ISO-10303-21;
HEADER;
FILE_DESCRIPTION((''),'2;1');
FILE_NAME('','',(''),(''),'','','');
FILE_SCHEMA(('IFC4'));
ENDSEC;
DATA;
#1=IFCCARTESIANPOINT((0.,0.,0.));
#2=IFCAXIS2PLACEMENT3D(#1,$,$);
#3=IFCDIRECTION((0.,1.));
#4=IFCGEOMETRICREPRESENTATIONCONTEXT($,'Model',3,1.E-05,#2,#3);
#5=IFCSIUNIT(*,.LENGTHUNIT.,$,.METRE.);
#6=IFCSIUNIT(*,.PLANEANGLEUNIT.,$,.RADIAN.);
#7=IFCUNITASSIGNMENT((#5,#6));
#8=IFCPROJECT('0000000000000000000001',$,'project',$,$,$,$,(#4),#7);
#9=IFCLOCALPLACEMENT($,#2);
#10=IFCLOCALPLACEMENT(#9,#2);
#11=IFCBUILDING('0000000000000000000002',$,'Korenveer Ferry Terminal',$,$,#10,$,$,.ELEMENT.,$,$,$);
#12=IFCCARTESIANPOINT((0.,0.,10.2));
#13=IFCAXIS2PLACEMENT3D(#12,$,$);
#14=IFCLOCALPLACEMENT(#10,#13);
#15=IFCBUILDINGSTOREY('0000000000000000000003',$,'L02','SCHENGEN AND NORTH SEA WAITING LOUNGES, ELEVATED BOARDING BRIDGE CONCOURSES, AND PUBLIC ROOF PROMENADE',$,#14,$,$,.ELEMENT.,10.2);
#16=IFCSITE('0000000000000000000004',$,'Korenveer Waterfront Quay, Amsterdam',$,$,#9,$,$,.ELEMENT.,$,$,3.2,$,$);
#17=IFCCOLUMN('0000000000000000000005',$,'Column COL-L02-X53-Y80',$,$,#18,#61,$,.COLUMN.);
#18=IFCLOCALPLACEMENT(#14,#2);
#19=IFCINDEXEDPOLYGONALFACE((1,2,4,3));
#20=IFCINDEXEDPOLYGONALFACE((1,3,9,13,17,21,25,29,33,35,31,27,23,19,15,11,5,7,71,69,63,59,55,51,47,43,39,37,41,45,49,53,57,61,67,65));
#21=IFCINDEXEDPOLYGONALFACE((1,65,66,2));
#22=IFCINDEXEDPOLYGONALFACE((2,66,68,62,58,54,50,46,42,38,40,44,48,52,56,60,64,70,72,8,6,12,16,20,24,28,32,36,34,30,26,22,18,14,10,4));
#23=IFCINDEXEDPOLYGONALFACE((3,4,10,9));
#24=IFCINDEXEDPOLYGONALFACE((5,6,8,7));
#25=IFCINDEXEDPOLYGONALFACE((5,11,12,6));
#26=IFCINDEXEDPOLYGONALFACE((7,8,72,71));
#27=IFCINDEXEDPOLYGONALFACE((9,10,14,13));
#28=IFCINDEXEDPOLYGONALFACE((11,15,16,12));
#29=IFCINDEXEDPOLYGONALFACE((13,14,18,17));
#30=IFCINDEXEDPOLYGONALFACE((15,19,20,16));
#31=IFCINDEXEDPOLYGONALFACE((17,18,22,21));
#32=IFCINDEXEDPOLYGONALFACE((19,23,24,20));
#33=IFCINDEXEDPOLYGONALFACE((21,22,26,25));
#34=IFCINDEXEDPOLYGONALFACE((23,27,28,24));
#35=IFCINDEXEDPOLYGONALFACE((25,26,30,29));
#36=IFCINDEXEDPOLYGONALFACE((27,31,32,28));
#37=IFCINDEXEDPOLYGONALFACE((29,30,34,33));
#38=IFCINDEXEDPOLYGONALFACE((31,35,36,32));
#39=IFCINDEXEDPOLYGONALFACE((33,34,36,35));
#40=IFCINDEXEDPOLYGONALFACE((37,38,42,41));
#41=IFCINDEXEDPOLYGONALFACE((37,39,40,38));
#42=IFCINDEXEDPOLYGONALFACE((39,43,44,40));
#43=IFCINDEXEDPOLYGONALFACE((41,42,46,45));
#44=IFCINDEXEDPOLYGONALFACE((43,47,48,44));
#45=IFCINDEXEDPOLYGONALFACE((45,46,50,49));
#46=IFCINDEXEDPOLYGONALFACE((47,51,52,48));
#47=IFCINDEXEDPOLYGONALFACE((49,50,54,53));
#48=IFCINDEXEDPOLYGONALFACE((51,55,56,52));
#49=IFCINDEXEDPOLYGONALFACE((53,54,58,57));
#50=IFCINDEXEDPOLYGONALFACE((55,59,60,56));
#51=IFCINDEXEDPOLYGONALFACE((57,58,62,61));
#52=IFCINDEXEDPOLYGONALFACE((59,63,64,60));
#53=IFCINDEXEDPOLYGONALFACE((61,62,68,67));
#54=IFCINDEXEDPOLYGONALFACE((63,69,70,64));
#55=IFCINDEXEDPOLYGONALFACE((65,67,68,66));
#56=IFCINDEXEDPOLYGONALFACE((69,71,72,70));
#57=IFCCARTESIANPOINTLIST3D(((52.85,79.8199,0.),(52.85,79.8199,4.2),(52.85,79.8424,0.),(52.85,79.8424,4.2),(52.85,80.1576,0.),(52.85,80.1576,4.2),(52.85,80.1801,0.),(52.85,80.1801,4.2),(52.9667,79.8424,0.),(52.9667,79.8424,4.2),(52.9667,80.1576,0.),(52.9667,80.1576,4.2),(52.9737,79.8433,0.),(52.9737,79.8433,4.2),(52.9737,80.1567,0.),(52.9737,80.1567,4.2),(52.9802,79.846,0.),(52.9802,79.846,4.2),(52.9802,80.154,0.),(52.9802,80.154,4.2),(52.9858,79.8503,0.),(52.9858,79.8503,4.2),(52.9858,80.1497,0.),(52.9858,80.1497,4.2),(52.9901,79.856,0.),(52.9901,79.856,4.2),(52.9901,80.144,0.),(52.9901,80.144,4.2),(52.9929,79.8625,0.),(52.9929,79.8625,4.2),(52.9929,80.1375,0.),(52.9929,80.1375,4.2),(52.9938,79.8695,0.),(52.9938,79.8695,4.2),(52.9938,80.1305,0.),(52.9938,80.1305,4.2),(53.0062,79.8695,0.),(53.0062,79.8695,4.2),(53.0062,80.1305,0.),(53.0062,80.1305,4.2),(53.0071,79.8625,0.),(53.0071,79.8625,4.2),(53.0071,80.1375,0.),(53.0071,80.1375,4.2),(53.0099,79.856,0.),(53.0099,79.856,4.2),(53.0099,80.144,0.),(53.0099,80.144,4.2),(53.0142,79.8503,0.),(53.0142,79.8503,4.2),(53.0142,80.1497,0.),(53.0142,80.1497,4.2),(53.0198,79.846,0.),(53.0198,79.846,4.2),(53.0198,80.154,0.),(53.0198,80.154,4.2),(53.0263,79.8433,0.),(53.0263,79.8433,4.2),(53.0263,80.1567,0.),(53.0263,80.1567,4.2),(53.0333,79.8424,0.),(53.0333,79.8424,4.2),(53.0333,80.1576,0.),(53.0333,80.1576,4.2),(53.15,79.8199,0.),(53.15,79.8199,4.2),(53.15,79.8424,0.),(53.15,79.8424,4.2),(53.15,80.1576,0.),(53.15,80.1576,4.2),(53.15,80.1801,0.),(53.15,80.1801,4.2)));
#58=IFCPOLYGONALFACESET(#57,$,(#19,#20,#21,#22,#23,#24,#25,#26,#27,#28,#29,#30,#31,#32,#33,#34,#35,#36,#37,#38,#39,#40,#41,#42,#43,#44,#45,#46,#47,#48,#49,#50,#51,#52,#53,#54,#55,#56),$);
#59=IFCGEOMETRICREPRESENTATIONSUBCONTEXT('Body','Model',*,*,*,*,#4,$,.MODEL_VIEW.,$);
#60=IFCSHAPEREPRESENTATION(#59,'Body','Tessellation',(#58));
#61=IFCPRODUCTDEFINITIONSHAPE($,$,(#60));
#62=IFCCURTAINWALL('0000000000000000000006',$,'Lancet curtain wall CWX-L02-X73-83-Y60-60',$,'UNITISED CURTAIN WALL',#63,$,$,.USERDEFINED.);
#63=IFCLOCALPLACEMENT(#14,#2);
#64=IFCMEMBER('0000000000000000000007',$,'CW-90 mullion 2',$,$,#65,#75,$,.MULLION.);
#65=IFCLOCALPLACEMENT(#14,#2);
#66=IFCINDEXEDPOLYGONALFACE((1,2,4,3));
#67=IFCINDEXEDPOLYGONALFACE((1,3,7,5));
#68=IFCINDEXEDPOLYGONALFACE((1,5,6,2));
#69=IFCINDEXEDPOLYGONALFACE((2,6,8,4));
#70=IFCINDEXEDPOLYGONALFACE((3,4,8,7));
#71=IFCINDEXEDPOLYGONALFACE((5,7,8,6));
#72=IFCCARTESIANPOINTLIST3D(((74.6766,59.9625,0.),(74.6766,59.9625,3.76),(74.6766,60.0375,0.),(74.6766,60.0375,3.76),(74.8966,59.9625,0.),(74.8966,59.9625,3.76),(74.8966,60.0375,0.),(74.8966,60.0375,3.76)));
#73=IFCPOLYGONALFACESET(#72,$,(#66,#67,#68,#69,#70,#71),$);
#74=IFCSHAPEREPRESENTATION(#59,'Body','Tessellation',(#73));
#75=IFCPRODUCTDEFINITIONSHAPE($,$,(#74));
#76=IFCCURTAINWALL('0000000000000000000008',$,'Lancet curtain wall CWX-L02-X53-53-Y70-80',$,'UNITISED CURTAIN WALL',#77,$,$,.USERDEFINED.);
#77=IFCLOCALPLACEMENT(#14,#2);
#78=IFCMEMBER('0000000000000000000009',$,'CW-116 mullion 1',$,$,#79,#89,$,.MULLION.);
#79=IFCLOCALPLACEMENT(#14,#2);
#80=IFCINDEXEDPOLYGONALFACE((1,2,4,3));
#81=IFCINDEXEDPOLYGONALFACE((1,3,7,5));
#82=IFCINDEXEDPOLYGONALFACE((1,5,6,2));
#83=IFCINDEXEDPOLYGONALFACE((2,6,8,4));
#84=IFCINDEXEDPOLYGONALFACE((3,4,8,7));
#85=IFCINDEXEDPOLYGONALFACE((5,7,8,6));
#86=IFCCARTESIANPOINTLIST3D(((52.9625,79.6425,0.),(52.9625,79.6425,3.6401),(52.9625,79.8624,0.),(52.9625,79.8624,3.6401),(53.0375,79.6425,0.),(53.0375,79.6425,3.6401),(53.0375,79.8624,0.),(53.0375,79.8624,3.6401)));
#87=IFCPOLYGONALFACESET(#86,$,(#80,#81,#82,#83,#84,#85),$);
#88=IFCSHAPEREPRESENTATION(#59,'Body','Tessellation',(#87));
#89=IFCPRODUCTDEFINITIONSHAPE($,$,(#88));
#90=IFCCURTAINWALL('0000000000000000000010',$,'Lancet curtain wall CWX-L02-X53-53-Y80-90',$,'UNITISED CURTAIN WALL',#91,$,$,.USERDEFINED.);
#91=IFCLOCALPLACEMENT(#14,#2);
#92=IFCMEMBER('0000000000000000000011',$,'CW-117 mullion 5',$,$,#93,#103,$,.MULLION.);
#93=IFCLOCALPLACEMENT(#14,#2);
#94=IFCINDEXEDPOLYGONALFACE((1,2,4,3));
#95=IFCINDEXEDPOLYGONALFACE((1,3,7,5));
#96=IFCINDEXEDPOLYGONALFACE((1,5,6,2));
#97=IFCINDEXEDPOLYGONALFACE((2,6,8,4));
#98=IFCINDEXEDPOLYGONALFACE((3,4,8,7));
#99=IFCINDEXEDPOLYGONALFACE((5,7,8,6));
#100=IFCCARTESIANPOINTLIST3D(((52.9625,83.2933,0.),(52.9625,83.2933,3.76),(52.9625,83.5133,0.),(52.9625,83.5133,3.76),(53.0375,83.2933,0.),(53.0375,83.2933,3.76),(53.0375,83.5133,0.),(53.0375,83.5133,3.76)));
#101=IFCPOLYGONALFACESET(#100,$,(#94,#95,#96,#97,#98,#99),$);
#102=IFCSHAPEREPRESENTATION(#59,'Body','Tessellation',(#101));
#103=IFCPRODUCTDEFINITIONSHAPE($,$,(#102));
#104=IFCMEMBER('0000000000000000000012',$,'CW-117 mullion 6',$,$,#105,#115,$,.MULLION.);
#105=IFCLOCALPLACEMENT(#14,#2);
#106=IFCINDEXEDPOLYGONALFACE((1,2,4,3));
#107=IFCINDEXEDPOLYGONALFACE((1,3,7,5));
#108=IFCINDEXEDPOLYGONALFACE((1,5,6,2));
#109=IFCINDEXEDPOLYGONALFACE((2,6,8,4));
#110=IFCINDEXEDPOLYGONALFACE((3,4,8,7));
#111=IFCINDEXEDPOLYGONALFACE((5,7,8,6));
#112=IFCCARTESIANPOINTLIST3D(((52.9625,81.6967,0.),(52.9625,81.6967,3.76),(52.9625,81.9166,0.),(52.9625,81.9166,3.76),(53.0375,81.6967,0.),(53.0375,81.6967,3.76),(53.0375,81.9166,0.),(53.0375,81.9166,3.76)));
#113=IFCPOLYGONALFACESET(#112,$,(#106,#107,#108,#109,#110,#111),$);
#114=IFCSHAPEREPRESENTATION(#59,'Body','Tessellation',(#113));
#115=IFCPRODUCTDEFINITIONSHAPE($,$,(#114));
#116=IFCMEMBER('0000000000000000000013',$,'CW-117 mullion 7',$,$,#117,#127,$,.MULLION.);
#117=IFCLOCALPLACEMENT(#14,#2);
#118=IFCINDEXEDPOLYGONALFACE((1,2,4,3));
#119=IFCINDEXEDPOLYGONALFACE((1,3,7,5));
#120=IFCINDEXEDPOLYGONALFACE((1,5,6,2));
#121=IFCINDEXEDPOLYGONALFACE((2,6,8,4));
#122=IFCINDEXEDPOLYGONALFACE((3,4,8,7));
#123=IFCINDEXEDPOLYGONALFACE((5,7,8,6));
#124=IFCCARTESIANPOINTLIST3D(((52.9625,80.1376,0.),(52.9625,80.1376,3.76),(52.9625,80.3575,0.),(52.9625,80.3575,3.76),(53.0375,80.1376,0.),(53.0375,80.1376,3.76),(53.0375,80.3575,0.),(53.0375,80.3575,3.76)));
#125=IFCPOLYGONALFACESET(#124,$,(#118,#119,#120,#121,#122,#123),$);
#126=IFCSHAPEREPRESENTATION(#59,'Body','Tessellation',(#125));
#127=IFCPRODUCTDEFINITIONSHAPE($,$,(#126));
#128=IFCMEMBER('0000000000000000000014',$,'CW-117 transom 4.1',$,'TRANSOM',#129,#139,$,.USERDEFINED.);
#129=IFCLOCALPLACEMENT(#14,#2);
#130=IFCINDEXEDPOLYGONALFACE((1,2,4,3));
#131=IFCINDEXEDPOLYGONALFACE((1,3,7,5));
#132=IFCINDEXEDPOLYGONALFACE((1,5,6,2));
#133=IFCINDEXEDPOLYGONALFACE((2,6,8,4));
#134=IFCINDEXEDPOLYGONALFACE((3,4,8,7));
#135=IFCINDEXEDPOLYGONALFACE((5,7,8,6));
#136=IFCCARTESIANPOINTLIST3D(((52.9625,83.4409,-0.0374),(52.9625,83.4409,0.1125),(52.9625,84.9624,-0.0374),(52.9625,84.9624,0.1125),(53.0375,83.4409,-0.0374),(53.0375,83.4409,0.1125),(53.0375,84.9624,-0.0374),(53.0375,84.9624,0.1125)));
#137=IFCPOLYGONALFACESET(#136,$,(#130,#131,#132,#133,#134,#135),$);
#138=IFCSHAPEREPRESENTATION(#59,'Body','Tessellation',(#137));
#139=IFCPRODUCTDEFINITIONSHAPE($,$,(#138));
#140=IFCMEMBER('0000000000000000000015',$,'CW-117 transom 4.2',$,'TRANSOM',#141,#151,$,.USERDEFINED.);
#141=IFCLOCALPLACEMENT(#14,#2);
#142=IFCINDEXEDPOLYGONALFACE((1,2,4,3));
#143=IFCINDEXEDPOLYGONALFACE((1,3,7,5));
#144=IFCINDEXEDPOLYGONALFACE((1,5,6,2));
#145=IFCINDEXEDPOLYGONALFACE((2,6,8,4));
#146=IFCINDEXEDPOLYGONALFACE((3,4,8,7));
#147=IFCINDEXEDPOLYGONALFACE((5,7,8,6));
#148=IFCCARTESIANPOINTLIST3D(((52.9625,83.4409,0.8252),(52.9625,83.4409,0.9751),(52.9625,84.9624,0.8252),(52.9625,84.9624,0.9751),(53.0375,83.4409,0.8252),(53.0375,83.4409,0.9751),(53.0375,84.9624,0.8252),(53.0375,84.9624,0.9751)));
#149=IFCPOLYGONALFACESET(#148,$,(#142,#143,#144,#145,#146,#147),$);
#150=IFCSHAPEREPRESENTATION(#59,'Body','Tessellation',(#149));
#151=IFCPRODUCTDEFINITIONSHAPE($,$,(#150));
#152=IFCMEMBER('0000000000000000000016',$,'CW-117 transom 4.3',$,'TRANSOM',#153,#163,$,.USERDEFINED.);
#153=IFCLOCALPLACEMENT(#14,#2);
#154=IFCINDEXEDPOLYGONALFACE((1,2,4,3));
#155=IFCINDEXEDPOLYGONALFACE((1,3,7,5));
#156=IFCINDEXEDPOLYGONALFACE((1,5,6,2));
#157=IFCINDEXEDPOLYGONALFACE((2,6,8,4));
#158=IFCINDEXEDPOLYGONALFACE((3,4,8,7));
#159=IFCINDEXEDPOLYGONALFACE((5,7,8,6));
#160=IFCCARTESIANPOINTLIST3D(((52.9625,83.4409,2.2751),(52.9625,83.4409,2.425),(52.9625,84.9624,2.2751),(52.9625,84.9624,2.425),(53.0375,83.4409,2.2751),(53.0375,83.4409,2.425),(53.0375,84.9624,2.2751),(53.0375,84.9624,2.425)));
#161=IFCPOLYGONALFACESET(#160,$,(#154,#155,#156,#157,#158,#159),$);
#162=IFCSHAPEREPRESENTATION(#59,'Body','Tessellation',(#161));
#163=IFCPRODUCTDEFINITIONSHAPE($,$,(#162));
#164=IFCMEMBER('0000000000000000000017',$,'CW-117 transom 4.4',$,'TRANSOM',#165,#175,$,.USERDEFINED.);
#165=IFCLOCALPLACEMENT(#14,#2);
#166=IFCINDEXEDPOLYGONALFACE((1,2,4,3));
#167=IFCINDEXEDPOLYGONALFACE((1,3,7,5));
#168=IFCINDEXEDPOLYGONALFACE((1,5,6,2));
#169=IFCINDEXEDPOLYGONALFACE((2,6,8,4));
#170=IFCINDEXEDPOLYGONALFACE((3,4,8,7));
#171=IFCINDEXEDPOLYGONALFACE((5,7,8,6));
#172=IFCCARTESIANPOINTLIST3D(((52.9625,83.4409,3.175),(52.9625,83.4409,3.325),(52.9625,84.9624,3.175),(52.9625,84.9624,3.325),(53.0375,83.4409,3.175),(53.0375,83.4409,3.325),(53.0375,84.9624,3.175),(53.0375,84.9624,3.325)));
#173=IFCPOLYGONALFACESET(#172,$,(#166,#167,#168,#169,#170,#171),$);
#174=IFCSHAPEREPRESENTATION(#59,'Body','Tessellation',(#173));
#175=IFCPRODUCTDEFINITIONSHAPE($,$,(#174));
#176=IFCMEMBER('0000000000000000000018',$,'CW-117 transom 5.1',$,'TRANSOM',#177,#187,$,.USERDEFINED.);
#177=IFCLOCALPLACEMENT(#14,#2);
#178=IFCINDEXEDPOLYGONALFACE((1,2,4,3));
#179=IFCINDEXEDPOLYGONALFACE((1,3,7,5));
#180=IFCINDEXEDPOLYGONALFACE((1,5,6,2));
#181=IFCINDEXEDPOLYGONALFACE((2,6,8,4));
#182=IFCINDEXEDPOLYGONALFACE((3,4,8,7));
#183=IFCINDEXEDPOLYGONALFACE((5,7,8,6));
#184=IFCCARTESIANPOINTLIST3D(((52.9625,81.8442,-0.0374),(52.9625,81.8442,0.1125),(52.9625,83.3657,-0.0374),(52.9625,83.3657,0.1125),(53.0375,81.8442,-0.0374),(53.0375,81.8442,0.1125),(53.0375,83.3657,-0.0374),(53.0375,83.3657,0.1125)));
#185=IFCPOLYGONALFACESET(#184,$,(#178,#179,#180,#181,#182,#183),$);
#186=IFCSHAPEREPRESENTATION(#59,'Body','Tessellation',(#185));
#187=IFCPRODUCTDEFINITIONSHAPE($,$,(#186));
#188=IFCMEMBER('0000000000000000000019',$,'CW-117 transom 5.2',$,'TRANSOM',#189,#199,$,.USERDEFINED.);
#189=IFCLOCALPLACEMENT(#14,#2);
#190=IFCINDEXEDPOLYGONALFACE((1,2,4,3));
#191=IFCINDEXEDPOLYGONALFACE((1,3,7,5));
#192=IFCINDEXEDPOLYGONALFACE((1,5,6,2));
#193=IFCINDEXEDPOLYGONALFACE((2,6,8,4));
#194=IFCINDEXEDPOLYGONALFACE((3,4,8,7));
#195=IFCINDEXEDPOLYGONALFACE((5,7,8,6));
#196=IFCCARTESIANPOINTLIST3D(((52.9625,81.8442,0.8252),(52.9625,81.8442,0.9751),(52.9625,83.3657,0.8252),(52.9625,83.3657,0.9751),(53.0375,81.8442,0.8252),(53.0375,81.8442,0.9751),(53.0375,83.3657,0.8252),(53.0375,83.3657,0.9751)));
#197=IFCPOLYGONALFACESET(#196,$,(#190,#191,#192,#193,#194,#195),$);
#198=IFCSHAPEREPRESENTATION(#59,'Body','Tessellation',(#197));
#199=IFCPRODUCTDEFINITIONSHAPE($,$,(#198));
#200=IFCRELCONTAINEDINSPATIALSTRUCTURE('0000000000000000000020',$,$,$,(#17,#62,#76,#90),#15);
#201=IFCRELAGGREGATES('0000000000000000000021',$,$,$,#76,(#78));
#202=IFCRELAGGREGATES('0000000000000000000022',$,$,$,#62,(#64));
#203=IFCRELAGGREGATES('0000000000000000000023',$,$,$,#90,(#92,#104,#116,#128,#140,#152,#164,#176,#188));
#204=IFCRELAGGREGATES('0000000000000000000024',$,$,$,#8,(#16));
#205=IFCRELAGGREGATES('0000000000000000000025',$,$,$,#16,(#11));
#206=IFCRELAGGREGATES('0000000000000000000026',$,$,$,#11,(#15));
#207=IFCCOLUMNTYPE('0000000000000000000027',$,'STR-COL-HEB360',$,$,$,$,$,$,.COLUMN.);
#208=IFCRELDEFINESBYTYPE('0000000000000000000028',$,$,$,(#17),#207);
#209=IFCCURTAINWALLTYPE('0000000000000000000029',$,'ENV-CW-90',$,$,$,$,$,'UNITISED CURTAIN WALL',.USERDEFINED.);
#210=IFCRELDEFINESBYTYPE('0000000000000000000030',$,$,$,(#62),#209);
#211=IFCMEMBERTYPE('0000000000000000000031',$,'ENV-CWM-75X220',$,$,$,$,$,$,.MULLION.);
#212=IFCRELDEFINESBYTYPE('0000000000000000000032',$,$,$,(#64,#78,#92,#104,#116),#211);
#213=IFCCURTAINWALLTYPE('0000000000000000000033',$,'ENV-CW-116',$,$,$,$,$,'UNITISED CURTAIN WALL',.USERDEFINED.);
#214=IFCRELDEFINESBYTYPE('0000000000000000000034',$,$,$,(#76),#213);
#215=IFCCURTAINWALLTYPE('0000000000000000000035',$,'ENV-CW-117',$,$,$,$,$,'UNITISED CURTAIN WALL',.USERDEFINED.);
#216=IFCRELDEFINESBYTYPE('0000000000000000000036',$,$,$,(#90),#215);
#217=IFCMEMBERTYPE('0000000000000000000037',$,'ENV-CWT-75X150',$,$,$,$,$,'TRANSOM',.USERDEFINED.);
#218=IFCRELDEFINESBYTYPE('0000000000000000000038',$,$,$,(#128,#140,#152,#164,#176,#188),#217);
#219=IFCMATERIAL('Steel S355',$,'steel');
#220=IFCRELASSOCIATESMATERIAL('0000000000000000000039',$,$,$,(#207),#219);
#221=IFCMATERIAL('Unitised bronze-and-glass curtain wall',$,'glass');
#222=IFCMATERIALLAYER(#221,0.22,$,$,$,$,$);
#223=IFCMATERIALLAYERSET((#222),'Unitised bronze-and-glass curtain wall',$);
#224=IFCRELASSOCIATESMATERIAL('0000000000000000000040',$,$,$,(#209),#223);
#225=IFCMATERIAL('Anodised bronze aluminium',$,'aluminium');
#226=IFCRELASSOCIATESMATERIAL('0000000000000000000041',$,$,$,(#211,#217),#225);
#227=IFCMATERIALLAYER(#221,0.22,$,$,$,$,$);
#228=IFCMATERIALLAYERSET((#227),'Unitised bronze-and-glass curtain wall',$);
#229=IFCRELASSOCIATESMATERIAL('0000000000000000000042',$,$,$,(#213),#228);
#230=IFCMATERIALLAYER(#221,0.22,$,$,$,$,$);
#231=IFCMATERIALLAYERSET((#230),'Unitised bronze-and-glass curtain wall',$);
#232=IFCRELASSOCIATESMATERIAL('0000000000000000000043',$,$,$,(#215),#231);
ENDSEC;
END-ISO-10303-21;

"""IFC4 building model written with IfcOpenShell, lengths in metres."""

from ifc_helpers import new_model, si_unit, direction, frame, origin, origin_2d, place, context, subcontext, project, spatial, rectangle, i_section, extrude, material, layer, layer_set, material_profile, profile_set, type_object, element, aggregate, save


model = new_model("IFC4")

# Units and contexts
model_context = context("Model", 3, precision=1e-05, world=origin(), true_north=direction((0.0, 1.0)))
body_context = subcontext(model_context, "Body", "Model", "MODEL_VIEW")
ifc_project = project(units=[si_unit("LENGTHUNIT", "METRE"), si_unit("PLANEANGLEUNIT", "RADIAN")], contexts=[model_context])

# Site, building, storey
site_placement = place(None, origin())
site = spatial("IfcSite", under=ifc_project, at=site_placement, Name="Korenveer Waterfront Quay, Amsterdam", CompositionType="ELEMENT", RefElevation=3.2)
building_placement = place(site_placement, origin())
building = spatial("IfcBuilding", under=site, at=building_placement, Name="Korenveer Ferry Terminal", CompositionType="ELEMENT")
storey_placement = place(building_placement, frame((0.0, 0.0, 10.2)))
storey = spatial("IfcBuildingStorey", under=building, at=storey_placement, Name="L02", Description="SCHENGEN AND NORTH SEA WAITING LOUNGES, ELEVATED BOARDING BRIDGE CONCOURSES, AND PUBLIC ROOF PROMENADE", CompositionType="ELEMENT", Elevation=10.2)

# Column
ifc_material_1 = material(Name="Steel S355", Category="steel")
ifc_material_profile_1 = material_profile(ifc_material_1, i_section(OverallWidth=0.3, OverallDepth=0.3601, WebThickness=0.0125, FlangeThickness=0.0225, FilletRadius=0.0271, at=origin_2d()), Name="HEB 360")
ifc_profile_set_1 = profile_set([ifc_material_profile_1], Name="Steel S355")
column_type = type_object("IfcColumnType", Name="STR-COL-HEB360", PredefinedType="COLUMN", material=ifc_profile_set_1)
column_placement = place(storey_placement, frame((53.0, 80.0, 0.0), z_axis=(0.0, 0.0, 1.0), x_axis=(1.0, 0.0, 0.0)))
element("IfcColumn", 1, at=column_placement, inside=storey, type_object=column_type, Name="Column COL-L02-X53-Y80", PredefinedType="COLUMN", context=body_context, shape_type="SweptSolid", body=[
    extrude(i_section(OverallWidth=0.3, OverallDepth=0.3601, WebThickness=0.0125, FlangeThickness=0.0225, FilletRadius=0.0271, at=origin_2d()), origin(), (0.0, 0.0, 1.0), 4.2),
])

# Curtain walls, members
ifc_material_2 = material(Name="Unitised bronze-and-glass curtain wall", Category="glass")
ifc_layer_1 = layer(ifc_material_2, 0.22)
ifc_layer_set_1 = layer_set([ifc_layer_1], Name="Unitised bronze-and-glass curtain wall")
curtain_wall_type_1 = type_object("IfcCurtainWallType", Name="ENV-CW-90", ElementType="UNITISED CURTAIN WALL", PredefinedType="USERDEFINED", material=ifc_layer_set_1)
curtain_wall_1_placement = place(storey_placement, frame((73.1799, 60.0, 0.0)))
curtain_wall_1 = element("IfcCurtainWall", 2, at=curtain_wall_1_placement, inside=storey, type_object=curtain_wall_type_1, Name="Lancet curtain wall CWX-L02-X73-83-Y60-60", ObjectType="UNITISED CURTAIN WALL", PredefinedType="USERDEFINED")
ifc_material_3 = material(Name="Anodised bronze aluminium", Category="aluminium")
ifc_material_profile_2 = material_profile(ifc_material_3, rectangle(XDim=0.075, YDim=0.22, at=origin_2d()), Name="ALU 75x220")
ifc_profile_set_2 = profile_set([ifc_material_profile_2], Name="Anodised bronze aluminium")
member_type_1 = type_object("IfcMemberType", Name="ENV-CWM-75X220", PredefinedType="MULLION", material=ifc_profile_set_2)
member_1_placement = place(storey_placement, frame((74.7866, 60.0, 0.0), z_axis=(0.0, 0.0, 1.0), x_axis=(0.0, 1.0, 0.0)))
member_1 = element("IfcMember", 3, at=member_1_placement, type_object=member_type_1, Name="CW-90 mullion 2", PredefinedType="MULLION", context=body_context, shape_type="SweptSolid", body=[
    extrude(rectangle(XDim=0.075, YDim=0.22, at=origin_2d()), origin(), (0.0, 0.0, 1.0), 3.76),
])
ifc_layer_2 = layer(ifc_material_2, 0.22)
ifc_layer_set_2 = layer_set([ifc_layer_2], Name="Unitised bronze-and-glass curtain wall")
curtain_wall_type_2 = type_object("IfcCurtainWallType", Name="ENV-CW-116", ElementType="UNITISED CURTAIN WALL", PredefinedType="USERDEFINED", material=ifc_layer_set_2)
curtain_wall_2_placement = place(storey_placement, frame((53.0, 79.79, 0.0)))
curtain_wall_2 = element("IfcCurtainWall", 4, at=curtain_wall_2_placement, inside=storey, type_object=curtain_wall_type_2, Name="Lancet curtain wall CWX-L02-X53-53-Y70-80", ObjectType="UNITISED CURTAIN WALL", PredefinedType="USERDEFINED")
member_2_placement = place(storey_placement, frame((53.0, 79.7524, 0.0), z_axis=(0.0, 0.0, 1.0), x_axis=(1.0, 0.0, 0.0)))
member_2 = element("IfcMember", 5, at=member_2_placement, type_object=member_type_1, Name="CW-116 mullion 1", PredefinedType="MULLION", context=body_context, shape_type="SweptSolid", body=[
    extrude(rectangle(XDim=0.075, YDim=0.22, at=origin_2d()), origin(), (0.0, 0.0, 1.0), 3.6401),
])
aggregate(curtain_wall_2, [member_2])

# Curtain wall, members
ifc_layer_3 = layer(ifc_material_2, 0.22)
ifc_layer_set_3 = layer_set([ifc_layer_3], Name="Unitised bronze-and-glass curtain wall")
curtain_wall_type_3 = type_object("IfcCurtainWallType", Name="ENV-CW-117", ElementType="UNITISED CURTAIN WALL", PredefinedType="USERDEFINED", material=ifc_layer_set_3)
curtain_wall_3_placement = place(storey_placement, frame((53.0, 89.79, 0.0)))
curtain_wall_3 = element("IfcCurtainWall", 6, at=curtain_wall_3_placement, inside=storey, type_object=curtain_wall_type_3, Name="Lancet curtain wall CWX-L02-X53-53-Y80-90", ObjectType="UNITISED CURTAIN WALL", PredefinedType="USERDEFINED")
member_3_placement = place(storey_placement, frame((53.0, 83.4033, 0.0), z_axis=(0.0, 0.0, 1.0), x_axis=(1.0, 0.0, 0.0)))
member_3 = element("IfcMember", 7, at=member_3_placement, type_object=member_type_1, Name="CW-117 mullion 5", PredefinedType="MULLION", context=body_context, shape_type="SweptSolid", body=[
    extrude(rectangle(XDim=0.075, YDim=0.22, at=origin_2d()), origin(), (0.0, 0.0, 1.0), 3.76),
])
member_4_placement = place(storey_placement, frame((53.0, 81.8066, 0.0), z_axis=(0.0, 0.0, 1.0), x_axis=(1.0, 0.0, 0.0)))
member_4 = element("IfcMember", 8, at=member_4_placement, type_object=member_type_1, Name="CW-117 mullion 6", PredefinedType="MULLION", context=body_context, shape_type="SweptSolid", body=[
    extrude(rectangle(XDim=0.075, YDim=0.22, at=origin_2d()), origin(), (0.0, 0.0, 1.0), 3.76),
])
member_5_placement = place(storey_placement, frame((53.0, 80.2476, 0.0), z_axis=(0.0, 0.0, 1.0), x_axis=(1.0, 0.0, 0.0)))
member_5 = element("IfcMember", 9, at=member_5_placement, type_object=member_type_1, Name="CW-117 mullion 7", PredefinedType="MULLION", context=body_context, shape_type="SweptSolid", body=[
    extrude(rectangle(XDim=0.075, YDim=0.22, at=origin_2d()), origin(), (0.0, 0.0, 1.0), 3.76),
])
ifc_material_profile_3 = material_profile(ifc_material_3, rectangle(XDim=0.075, YDim=0.1499, at=origin_2d()), Name="ALU 75x150")
ifc_profile_set_3 = profile_set([ifc_material_profile_3], Name="Anodised bronze aluminium")
member_type_2 = type_object("IfcMemberType", Name="ENV-CWT-75X150", ElementType="TRANSOM", PredefinedType="USERDEFINED", material=ifc_profile_set_3)
member_6_placement = place(storey_placement, frame((53.0, 84.9624, 0.0376), z_axis=(0.0, -1.0, 0.0), x_axis=(1.0, 0.0, 0.0)))
member_6 = element("IfcMember", 10, at=member_6_placement, type_object=member_type_2, Name="CW-117 transom 4.1", ObjectType="TRANSOM", PredefinedType="USERDEFINED", context=body_context, shape_type="SweptSolid", body=[
    extrude(rectangle(XDim=0.075, YDim=0.1499, at=origin_2d()), origin(), (0.0, 0.0, 1.0), 1.5215),
])
member_7_placement = place(storey_placement, frame((53.0, 84.9624, 0.9001), z_axis=(0.0, -1.0, 0.0), x_axis=(1.0, 0.0, 0.0)))
member_7 = element("IfcMember", 11, at=member_7_placement, type_object=member_type_2, Name="CW-117 transom 4.2", ObjectType="TRANSOM", PredefinedType="USERDEFINED", context=body_context, shape_type="SweptSolid", body=[
    extrude(rectangle(XDim=0.075, YDim=0.1499, at=origin_2d()), origin(), (0.0, 0.0, 1.0), 1.5215),
])
member_8_placement = place(storey_placement, frame((53.0, 84.9624, 2.3501), z_axis=(0.0, -1.0, 0.0), x_axis=(1.0, 0.0, 0.0)))
member_8 = element("IfcMember", 12, at=member_8_placement, type_object=member_type_2, Name="CW-117 transom 4.3", ObjectType="TRANSOM", PredefinedType="USERDEFINED", context=body_context, shape_type="SweptSolid", body=[
    extrude(rectangle(XDim=0.075, YDim=0.1499, at=origin_2d()), origin(), (0.0, 0.0, 1.0), 1.5215),
])
member_9_placement = place(storey_placement, frame((53.0, 84.9624, 3.25), z_axis=(0.0, -1.0, 0.0), x_axis=(1.0, 0.0, 0.0)))
member_9 = element("IfcMember", 13, at=member_9_placement, type_object=member_type_2, Name="CW-117 transom 4.4", ObjectType="TRANSOM", PredefinedType="USERDEFINED", context=body_context, shape_type="SweptSolid", body=[
    extrude(rectangle(XDim=0.075, YDim=0.1499, at=origin_2d()), origin(), (0.0, 0.0, 1.0), 1.5215),
])
member_10_placement = place(storey_placement, frame((53.0, 83.3657, 0.0376), z_axis=(0.0, -1.0, 0.0), x_axis=(1.0, 0.0, 0.0)))
member_10 = element("IfcMember", 14, at=member_10_placement, type_object=member_type_2, Name="CW-117 transom 5.1", ObjectType="TRANSOM", PredefinedType="USERDEFINED", context=body_context, shape_type="SweptSolid", body=[
    extrude(rectangle(XDim=0.075, YDim=0.1499, at=origin_2d()), origin(), (0.0, 0.0, 1.0), 1.5215),
])
member_11_placement = place(storey_placement, frame((53.0, 83.3657, 0.9001), z_axis=(0.0, -1.0, 0.0), x_axis=(1.0, 0.0, 0.0)))
member_11 = element("IfcMember", 15, at=member_11_placement, type_object=member_type_2, Name="CW-117 transom 5.2", ObjectType="TRANSOM", PredefinedType="USERDEFINED", context=body_context, shape_type="SweptSolid", body=[
    extrude(rectangle(XDim=0.075, YDim=0.1499, at=origin_2d()), origin(), (0.0, 0.0, 1.0), 1.5215),
])

aggregate(curtain_wall_1, [member_1])
aggregate(curtain_wall_3, [member_3, member_4, member_5, member_6, member_7, member_8, member_9, member_10, member_11])

save(model, "model.ifc")
